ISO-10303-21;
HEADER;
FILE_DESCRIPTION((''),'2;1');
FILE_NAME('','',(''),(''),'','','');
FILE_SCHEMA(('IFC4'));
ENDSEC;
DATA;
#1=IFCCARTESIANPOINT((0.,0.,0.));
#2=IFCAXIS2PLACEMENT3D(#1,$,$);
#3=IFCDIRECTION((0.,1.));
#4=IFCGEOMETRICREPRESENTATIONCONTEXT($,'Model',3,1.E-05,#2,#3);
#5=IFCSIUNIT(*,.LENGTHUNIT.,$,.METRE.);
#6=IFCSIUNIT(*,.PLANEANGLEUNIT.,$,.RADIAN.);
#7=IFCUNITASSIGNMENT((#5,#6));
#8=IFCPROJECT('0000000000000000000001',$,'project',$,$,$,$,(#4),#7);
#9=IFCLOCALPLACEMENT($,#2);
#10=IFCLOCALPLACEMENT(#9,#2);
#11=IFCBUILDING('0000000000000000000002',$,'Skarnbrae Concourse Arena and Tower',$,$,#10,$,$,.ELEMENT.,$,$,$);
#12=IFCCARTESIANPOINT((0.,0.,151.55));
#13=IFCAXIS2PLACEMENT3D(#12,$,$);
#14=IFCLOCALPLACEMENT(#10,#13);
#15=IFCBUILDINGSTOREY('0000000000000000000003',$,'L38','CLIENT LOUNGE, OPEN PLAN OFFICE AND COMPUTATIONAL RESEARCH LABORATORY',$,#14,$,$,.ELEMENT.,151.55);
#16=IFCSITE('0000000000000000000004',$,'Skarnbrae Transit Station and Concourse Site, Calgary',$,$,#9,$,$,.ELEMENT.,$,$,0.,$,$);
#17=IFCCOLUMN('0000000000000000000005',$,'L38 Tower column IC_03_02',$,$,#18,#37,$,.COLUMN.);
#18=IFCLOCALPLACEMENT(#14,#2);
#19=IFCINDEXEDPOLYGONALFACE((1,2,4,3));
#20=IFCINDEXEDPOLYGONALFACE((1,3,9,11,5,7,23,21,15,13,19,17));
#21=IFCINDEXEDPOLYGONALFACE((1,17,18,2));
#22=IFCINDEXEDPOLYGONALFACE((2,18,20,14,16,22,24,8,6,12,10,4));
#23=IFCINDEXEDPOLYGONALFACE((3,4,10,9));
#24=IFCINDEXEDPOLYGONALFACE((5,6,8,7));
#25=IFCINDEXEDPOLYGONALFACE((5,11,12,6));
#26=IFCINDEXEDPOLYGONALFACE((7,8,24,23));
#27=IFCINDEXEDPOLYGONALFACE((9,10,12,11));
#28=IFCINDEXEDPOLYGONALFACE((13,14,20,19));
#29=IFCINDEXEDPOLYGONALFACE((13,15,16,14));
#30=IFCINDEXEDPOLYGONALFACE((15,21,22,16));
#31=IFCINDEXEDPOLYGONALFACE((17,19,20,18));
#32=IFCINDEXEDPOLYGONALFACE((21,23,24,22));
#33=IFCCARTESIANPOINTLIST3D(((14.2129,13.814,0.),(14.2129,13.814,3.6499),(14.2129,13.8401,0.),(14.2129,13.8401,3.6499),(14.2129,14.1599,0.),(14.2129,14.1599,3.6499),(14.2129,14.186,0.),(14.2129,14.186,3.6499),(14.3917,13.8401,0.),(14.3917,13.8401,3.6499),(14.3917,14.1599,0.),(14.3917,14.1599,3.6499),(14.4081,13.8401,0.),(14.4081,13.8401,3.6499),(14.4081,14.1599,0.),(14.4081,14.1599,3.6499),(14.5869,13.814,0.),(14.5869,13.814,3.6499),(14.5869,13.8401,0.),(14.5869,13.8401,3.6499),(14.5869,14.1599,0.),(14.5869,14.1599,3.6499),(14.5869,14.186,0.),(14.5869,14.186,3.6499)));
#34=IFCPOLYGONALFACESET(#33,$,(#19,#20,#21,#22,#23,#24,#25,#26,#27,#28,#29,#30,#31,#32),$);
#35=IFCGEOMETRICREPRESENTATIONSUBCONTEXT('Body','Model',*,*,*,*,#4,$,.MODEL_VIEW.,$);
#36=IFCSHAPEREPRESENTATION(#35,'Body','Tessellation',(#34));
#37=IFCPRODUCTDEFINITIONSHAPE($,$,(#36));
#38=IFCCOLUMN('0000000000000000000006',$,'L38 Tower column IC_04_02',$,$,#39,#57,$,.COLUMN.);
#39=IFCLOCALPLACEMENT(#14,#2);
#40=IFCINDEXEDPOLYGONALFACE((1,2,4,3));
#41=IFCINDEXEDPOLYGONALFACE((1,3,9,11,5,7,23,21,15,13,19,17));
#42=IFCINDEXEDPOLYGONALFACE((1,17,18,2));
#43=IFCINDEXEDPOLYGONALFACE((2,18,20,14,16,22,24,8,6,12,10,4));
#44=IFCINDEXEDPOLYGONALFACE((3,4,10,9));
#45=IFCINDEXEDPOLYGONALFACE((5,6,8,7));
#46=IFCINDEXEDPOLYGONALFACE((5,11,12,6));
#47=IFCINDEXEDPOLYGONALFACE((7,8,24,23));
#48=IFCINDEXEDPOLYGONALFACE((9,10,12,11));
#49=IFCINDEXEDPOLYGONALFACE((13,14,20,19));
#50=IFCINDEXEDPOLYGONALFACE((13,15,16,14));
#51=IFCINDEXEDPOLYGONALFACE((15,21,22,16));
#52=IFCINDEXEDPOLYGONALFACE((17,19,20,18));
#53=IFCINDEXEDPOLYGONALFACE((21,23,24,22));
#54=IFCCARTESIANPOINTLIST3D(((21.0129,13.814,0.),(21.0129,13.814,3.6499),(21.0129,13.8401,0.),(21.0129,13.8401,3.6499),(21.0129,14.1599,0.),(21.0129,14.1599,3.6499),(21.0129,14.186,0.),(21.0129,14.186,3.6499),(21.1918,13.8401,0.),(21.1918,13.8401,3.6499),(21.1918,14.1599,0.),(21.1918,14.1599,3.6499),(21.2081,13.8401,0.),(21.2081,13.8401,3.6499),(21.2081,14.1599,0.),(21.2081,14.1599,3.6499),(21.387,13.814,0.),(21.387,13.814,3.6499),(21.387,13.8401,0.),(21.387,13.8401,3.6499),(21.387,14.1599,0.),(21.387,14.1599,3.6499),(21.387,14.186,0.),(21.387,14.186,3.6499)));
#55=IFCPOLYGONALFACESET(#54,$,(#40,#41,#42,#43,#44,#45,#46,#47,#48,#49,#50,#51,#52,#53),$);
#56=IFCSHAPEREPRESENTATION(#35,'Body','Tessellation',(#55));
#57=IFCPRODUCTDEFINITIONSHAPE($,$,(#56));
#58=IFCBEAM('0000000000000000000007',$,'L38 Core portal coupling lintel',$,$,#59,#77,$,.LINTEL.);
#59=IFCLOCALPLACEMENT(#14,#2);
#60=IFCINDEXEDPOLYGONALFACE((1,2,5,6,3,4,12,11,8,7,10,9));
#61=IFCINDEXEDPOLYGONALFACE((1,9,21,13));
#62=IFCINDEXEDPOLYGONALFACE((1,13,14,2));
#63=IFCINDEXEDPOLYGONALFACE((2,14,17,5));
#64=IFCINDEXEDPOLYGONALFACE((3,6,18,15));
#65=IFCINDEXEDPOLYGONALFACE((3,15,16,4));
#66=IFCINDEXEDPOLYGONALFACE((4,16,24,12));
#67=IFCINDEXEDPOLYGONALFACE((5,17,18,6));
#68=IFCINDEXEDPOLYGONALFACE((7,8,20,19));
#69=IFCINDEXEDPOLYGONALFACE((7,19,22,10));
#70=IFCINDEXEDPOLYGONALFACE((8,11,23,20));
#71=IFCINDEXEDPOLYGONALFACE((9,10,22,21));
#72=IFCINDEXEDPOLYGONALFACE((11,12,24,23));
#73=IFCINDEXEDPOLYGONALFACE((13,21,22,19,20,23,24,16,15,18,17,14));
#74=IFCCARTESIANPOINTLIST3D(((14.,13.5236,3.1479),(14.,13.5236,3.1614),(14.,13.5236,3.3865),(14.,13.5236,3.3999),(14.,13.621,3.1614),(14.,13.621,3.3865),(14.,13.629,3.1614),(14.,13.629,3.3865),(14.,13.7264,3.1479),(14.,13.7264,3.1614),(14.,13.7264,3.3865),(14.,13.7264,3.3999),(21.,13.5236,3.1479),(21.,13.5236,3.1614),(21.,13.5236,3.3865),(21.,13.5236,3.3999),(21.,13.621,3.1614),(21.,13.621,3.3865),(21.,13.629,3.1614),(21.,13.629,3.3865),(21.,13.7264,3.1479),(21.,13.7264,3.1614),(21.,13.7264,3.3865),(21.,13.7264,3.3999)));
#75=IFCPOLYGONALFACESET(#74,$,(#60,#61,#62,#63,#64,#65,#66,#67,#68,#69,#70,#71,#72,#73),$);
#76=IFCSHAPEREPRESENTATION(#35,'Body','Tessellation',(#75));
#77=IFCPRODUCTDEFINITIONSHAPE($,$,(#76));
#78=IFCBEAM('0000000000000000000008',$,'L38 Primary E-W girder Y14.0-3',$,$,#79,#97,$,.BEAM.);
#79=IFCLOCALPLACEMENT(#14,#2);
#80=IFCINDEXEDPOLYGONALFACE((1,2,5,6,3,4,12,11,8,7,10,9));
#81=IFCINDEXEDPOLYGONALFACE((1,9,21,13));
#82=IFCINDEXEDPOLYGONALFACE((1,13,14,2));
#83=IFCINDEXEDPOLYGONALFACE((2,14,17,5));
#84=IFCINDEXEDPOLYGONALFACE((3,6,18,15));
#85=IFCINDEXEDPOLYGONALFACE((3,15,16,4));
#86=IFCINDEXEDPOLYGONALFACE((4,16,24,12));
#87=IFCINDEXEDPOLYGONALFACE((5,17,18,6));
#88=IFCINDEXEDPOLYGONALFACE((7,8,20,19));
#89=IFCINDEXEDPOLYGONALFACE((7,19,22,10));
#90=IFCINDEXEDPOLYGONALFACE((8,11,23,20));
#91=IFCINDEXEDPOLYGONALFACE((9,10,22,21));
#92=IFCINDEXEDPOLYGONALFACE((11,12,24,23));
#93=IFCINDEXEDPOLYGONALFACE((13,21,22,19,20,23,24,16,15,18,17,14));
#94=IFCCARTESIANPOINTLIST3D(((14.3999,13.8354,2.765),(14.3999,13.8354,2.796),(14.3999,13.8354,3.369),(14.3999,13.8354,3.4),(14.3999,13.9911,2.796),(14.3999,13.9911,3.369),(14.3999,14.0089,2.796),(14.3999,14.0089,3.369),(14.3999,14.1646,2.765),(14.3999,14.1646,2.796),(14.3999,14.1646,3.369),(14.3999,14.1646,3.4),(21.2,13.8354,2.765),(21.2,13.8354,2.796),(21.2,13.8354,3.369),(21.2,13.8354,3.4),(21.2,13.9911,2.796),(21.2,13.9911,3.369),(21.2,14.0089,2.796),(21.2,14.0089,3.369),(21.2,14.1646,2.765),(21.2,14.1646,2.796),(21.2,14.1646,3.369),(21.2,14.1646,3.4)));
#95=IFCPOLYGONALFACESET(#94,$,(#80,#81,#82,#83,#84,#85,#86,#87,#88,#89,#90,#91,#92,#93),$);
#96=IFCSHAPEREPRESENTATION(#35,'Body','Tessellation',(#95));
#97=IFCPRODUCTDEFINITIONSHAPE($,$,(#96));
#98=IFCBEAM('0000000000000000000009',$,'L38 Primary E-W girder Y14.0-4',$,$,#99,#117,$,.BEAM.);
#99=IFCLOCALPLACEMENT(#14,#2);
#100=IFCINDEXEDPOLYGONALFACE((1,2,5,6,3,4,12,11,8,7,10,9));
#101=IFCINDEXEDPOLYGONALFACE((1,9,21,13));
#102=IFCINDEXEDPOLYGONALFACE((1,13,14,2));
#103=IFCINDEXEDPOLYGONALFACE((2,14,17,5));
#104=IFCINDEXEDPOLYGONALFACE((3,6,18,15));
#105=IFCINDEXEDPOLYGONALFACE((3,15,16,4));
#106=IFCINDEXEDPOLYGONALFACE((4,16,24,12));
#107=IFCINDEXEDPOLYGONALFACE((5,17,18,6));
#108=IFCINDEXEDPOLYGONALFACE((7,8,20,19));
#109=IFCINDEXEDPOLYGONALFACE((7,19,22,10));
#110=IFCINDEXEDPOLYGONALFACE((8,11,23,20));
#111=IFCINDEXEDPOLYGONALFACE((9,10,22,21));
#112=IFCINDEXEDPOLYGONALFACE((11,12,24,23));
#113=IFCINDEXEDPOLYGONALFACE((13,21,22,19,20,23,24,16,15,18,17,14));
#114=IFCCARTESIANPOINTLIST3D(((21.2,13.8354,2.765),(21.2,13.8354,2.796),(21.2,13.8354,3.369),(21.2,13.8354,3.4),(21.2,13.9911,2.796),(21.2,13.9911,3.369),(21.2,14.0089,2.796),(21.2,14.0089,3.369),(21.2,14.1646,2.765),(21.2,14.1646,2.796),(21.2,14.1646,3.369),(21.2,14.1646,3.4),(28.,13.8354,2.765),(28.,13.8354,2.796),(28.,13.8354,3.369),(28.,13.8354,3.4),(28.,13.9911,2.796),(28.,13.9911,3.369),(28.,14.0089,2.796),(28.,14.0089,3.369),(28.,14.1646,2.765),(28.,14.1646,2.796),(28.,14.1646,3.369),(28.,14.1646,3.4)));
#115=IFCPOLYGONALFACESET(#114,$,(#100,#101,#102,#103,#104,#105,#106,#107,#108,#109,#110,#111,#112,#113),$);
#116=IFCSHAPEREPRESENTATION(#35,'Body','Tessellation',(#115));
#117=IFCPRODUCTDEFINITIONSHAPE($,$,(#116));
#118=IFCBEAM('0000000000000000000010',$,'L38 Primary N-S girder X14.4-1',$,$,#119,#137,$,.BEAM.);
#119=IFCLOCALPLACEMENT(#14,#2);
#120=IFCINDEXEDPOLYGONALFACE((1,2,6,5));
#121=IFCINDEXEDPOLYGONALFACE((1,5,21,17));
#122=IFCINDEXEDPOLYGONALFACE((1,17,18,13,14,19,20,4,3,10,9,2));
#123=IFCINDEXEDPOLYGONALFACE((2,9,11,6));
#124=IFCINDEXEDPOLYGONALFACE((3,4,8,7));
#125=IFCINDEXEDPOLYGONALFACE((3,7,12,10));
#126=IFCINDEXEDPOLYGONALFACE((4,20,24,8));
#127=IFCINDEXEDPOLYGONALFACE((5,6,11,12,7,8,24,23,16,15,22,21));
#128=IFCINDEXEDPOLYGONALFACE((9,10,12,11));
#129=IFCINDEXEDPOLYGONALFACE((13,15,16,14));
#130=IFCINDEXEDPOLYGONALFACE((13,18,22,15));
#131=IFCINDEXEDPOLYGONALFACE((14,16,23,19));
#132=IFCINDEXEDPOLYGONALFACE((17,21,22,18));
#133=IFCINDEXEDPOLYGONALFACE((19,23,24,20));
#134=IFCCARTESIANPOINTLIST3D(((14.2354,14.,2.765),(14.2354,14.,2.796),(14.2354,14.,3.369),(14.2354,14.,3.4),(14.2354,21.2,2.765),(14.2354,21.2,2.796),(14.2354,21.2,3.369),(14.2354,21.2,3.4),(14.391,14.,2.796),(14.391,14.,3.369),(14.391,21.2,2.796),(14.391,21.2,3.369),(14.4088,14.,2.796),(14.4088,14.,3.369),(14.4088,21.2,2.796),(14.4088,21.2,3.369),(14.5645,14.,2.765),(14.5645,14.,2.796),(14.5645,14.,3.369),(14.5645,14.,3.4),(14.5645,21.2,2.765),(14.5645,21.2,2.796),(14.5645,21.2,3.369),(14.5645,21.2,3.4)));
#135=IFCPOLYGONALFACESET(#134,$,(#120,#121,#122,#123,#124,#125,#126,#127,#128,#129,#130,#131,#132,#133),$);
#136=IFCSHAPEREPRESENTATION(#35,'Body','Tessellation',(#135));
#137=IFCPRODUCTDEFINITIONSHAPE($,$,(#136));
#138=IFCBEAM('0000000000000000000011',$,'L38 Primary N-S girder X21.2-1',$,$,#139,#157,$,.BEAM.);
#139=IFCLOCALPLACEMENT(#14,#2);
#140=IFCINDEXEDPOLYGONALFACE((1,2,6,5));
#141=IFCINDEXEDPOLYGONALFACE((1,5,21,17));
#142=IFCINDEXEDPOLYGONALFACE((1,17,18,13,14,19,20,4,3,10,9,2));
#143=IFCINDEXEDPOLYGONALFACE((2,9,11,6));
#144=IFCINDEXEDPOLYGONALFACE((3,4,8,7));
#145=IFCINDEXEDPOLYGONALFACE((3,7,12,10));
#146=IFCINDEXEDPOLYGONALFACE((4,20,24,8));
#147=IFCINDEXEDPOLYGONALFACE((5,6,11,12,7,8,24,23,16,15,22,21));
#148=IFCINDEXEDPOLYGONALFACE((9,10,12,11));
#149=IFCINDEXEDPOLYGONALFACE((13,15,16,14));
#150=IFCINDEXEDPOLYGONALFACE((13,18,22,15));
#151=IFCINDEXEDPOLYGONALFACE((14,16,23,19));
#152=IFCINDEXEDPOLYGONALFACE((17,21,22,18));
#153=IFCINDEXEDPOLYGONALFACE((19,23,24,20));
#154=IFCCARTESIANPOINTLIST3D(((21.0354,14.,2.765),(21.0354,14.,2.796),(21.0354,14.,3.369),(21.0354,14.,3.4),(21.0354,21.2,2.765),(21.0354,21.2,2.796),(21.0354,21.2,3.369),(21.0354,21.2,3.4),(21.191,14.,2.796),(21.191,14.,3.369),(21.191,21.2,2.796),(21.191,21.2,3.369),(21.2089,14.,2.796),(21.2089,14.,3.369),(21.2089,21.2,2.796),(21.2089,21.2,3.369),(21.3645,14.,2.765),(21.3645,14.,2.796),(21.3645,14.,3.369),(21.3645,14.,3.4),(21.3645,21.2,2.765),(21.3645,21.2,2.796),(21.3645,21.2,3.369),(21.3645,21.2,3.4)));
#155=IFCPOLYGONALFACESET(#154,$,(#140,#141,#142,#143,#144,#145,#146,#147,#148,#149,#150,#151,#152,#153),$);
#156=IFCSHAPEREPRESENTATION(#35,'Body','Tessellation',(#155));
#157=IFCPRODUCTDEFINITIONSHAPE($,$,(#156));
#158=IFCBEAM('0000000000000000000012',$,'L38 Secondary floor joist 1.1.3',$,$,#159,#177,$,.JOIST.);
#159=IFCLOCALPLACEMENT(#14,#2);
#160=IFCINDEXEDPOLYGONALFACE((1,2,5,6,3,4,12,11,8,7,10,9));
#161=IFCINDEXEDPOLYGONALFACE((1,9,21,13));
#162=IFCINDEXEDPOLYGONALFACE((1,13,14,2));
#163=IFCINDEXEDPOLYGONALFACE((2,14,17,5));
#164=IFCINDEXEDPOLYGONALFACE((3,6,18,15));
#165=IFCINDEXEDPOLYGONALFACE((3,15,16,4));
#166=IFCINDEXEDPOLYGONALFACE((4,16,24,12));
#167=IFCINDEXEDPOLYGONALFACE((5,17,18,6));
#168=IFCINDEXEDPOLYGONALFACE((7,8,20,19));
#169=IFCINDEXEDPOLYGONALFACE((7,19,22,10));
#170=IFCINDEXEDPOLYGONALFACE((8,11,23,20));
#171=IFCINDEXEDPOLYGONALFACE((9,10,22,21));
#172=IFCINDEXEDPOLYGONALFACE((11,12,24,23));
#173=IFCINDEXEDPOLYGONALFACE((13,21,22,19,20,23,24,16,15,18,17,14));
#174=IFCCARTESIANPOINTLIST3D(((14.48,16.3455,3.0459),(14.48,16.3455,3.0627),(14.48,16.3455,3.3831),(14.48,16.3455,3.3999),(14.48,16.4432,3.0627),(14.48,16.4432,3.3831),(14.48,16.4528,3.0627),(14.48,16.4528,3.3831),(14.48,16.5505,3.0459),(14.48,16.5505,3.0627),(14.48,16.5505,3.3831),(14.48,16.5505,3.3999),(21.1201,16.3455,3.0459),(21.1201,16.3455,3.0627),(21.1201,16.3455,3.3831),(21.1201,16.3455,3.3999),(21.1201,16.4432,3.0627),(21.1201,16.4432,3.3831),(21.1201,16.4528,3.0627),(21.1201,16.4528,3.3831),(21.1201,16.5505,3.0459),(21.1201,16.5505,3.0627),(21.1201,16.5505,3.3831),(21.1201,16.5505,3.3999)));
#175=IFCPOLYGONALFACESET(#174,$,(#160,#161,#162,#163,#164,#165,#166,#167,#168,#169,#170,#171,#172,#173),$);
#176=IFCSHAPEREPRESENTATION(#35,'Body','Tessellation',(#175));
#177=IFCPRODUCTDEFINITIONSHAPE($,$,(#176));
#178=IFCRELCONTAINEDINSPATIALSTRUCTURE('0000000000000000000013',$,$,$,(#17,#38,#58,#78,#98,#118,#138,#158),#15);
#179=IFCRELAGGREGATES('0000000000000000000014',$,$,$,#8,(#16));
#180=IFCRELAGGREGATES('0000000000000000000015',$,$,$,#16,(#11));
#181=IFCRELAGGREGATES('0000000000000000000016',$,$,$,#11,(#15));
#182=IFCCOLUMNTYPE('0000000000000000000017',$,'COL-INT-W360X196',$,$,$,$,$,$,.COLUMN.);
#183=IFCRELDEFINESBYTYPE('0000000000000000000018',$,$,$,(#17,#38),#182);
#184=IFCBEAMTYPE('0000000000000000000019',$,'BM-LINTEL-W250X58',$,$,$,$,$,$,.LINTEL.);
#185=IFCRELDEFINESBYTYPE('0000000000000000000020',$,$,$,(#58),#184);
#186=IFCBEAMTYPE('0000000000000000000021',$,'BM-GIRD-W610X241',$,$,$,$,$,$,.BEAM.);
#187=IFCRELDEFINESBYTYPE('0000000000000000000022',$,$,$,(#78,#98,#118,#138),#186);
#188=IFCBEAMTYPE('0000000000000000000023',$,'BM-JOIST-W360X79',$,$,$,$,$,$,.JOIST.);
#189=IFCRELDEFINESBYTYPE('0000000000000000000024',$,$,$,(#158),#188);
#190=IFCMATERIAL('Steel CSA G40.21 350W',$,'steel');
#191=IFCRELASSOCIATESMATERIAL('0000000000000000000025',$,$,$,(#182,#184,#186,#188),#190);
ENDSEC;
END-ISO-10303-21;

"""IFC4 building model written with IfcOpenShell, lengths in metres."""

from ifc_helpers import new_model, si_unit, direction, frame, origin, origin_2d, place, context, subcontext, project, spatial, i_section, extrude, source, transform, mapped, material, material_profile, profile_set, type_object, element, save


model = new_model("IFC4")

# Units and contexts
model_context = context("Model", 3, precision=1e-05, world=origin(), true_north=direction((0.0, 1.0)))
body_context = subcontext(model_context, "Body", "Model", "MODEL_VIEW")
ifc_project = project(units=[si_unit("LENGTHUNIT", "METRE"), si_unit("PLANEANGLEUNIT", "RADIAN")], contexts=[model_context])

# Site, building, storey
site_placement = place(None, origin())
site = spatial("IfcSite", under=ifc_project, at=site_placement, Name="Skarnbrae Transit Station and Concourse Site, Calgary", CompositionType="ELEMENT", RefElevation=0.0)
building_placement = place(site_placement, origin())
building = spatial("IfcBuilding", under=site, at=building_placement, Name="Skarnbrae Concourse Arena and Tower", CompositionType="ELEMENT")
storey_placement = place(building_placement, frame((0.0, 0.0, 151.55)))
storey = spatial("IfcBuildingStorey", under=building, at=storey_placement, Name="L38", Description="CLIENT LOUNGE, OPEN PLAN OFFICE AND COMPUTATIONAL RESEARCH LABORATORY", CompositionType="ELEMENT", Elevation=151.55)

# Columns
ifc_material_1 = material(Name="Steel CSA G40.21 350W", Category="steel")
ifc_material_profile_1 = material_profile(ifc_material_1, i_section(OverallWidth=0.374, OverallDepth=0.3721, WebThickness=0.0164, FlangeThickness=0.0261, at=origin_2d()), Name="W360X196")
ifc_profile_set_1 = profile_set([ifc_material_profile_1], Name="Steel CSA G40.21 350W")
column_type = type_object("IfcColumnType", Name="COL-INT-W360X196", PredefinedType="COLUMN", material=ifc_profile_set_1)
shared_shape_1 = source(origin(), body_context, "Body", "SweptSolid", [
    extrude(i_section(OverallWidth=0.374, OverallDepth=0.3721, WebThickness=0.0164, FlangeThickness=0.0261, at=origin_2d()), origin(), (0.0, 0.0, 1.0), 3.6499),
])
for number, where, z_axis, x_axis, name in (
    (1, (14.3999, 14.0, 0.0), (0.0, 0.0, 1.0), (1.0, 0.0, 0.0), "L38 Tower column IC_03_02"),
    (2, (21.2, 14.0, 0.0), (0.0, 0.0, 1.0), (1.0, 0.0, 0.0), "L38 Tower column IC_04_02"),
):
    element("IfcColumn", number, at=place(storey_placement, frame(where, z_axis=z_axis, x_axis=x_axis)), inside=storey, type_object=column_type, Name=name, PredefinedType="COLUMN", context=body_context, shape_type="MappedRepresentation", body=[
        mapped(shared_shape_1, transform((0.0, 0.0, 0.0))),
    ])

# Beams
ifc_material_profile_2 = material_profile(ifc_material_1, i_section(OverallWidth=0.2029, OverallDepth=0.252, WebThickness=0.0081, FlangeThickness=0.0134, at=origin_2d()), Name="W250X58")
ifc_profile_set_2 = profile_set([ifc_material_profile_2], Name="Steel CSA G40.21 350W")
beam_type_1 = type_object("IfcBeamType", Name="BM-LINTEL-W250X58", PredefinedType="LINTEL", material=ifc_profile_set_2)
shared_shape_2 = source(origin(), body_context, "Body", "SweptSolid", [
    extrude(i_section(OverallWidth=0.2029, OverallDepth=0.252, WebThickness=0.0081, FlangeThickness=0.0134, at=origin_2d()), origin(), (0.0, 0.0, 1.0), 7.0),
])
beam_placement = place(storey_placement, frame((14.0, 13.625, 3.2739), z_axis=(1.0, 0.0, 0.0), x_axis=(0.0, 1.0, 0.0)))
element("IfcBeam", 3, at=beam_placement, inside=storey, type_object=beam_type_1, Name="L38 Core portal coupling lintel", PredefinedType="LINTEL", context=body_context, shape_type="MappedRepresentation", body=[
    mapped(shared_shape_2, transform((0.0, 0.0, 0.0))),
])
ifc_material_profile_3 = material_profile(ifc_material_1, i_section(OverallWidth=0.3291, OverallDepth=0.635, WebThickness=0.0178, FlangeThickness=0.031, at=origin_2d()), Name="W610X241")
ifc_profile_set_3 = profile_set([ifc_material_profile_3], Name="Steel CSA G40.21 350W")
beam_type_2 = type_object("IfcBeamType", Name="BM-GIRD-W610X241", PredefinedType="BEAM", material=ifc_profile_set_3)
shared_shape_3 = source(origin(), body_context, "Body", "SweptSolid", [
    extrude(i_section(OverallWidth=0.3291, OverallDepth=0.635, WebThickness=0.0178, FlangeThickness=0.031, at=origin_2d()), origin(), (0.0, 0.0, 1.0), 6.8),
])
for number, where, z_axis, x_axis, name in (
    (4, (14.3999, 14.0, 3.0825), (1.0, 0.0, 0.0), (0.0, 1.0, 0.0), "L38 Primary E-W girder Y14.0-3"),
    (5, (21.2, 14.0, 3.0825), (1.0, 0.0, 0.0), (0.0, 1.0, 0.0), "L38 Primary E-W girder Y14.0-4"),
):
    element("IfcBeam", number, at=place(storey_placement, frame(where, z_axis=z_axis, x_axis=x_axis)), inside=storey, type_object=beam_type_2, Name=name, PredefinedType="BEAM", context=body_context, shape_type="MappedRepresentation", body=[
        mapped(shared_shape_3, transform((0.0, 0.0, 0.0))),
    ])
shared_shape_4 = source(origin(), body_context, "Body", "SweptSolid", [
    extrude(i_section(OverallWidth=0.3291, OverallDepth=0.635, WebThickness=0.0178, FlangeThickness=0.031, at=origin_2d()), origin(), (0.0, 0.0, 1.0), 7.2),
])
for number, where, z_axis, x_axis, name in (
    (6, (14.3999, 14.0, 3.0825), (0.0, 1.0, 0.0), (-1.0, 0.0, 0.0), "L38 Primary N-S girder X14.4-1"),
    (7, (21.2, 14.0, 3.0825), (0.0, 1.0, 0.0), (-1.0, 0.0, 0.0), "L38 Primary N-S girder X21.2-1"),
):
    element("IfcBeam", number, at=place(storey_placement, frame(where, z_axis=z_axis, x_axis=x_axis)), inside=storey, type_object=beam_type_2, Name=name, PredefinedType="BEAM", context=body_context, shape_type="MappedRepresentation", body=[
        mapped(shared_shape_4, transform((0.0, 0.0, 0.0))),
    ])
ifc_material_profile_4 = material_profile(ifc_material_1, i_section(OverallWidth=0.2051, OverallDepth=0.354, WebThickness=0.0095, FlangeThickness=0.0168, at=origin_2d()), Name="W360X79")
ifc_profile_set_4 = profile_set([ifc_material_profile_4], Name="Steel CSA G40.21 350W")
beam_type_3 = type_object("IfcBeamType", Name="BM-JOIST-W360X79", PredefinedType="JOIST", material=ifc_profile_set_4)
shared_shape_5 = source(origin(), body_context, "Body", "SweptSolid", [
    extrude(i_section(OverallWidth=0.2051, OverallDepth=0.354, WebThickness=0.0095, FlangeThickness=0.0168, at=origin_2d()), origin(), (0.0, 0.0, 1.0), 6.6401),
])
for number, where, z_axis, x_axis, name in (
    (8, (14.48, 16.448, 3.2229), (1.0, 0.0, 0.0), (0.0, 1.0, 0.0), "L38 Secondary floor joist 1.1.3"),
):
    element("IfcBeam", number, at=place(storey_placement, frame(where, z_axis=z_axis, x_axis=x_axis)), inside=storey, type_object=beam_type_3, Name=name, PredefinedType="JOIST", context=body_context, shape_type="MappedRepresentation", body=[
        mapped(shared_shape_5, transform((0.0, 0.0, 0.0))),
    ])

save(model, "model.ifc")
